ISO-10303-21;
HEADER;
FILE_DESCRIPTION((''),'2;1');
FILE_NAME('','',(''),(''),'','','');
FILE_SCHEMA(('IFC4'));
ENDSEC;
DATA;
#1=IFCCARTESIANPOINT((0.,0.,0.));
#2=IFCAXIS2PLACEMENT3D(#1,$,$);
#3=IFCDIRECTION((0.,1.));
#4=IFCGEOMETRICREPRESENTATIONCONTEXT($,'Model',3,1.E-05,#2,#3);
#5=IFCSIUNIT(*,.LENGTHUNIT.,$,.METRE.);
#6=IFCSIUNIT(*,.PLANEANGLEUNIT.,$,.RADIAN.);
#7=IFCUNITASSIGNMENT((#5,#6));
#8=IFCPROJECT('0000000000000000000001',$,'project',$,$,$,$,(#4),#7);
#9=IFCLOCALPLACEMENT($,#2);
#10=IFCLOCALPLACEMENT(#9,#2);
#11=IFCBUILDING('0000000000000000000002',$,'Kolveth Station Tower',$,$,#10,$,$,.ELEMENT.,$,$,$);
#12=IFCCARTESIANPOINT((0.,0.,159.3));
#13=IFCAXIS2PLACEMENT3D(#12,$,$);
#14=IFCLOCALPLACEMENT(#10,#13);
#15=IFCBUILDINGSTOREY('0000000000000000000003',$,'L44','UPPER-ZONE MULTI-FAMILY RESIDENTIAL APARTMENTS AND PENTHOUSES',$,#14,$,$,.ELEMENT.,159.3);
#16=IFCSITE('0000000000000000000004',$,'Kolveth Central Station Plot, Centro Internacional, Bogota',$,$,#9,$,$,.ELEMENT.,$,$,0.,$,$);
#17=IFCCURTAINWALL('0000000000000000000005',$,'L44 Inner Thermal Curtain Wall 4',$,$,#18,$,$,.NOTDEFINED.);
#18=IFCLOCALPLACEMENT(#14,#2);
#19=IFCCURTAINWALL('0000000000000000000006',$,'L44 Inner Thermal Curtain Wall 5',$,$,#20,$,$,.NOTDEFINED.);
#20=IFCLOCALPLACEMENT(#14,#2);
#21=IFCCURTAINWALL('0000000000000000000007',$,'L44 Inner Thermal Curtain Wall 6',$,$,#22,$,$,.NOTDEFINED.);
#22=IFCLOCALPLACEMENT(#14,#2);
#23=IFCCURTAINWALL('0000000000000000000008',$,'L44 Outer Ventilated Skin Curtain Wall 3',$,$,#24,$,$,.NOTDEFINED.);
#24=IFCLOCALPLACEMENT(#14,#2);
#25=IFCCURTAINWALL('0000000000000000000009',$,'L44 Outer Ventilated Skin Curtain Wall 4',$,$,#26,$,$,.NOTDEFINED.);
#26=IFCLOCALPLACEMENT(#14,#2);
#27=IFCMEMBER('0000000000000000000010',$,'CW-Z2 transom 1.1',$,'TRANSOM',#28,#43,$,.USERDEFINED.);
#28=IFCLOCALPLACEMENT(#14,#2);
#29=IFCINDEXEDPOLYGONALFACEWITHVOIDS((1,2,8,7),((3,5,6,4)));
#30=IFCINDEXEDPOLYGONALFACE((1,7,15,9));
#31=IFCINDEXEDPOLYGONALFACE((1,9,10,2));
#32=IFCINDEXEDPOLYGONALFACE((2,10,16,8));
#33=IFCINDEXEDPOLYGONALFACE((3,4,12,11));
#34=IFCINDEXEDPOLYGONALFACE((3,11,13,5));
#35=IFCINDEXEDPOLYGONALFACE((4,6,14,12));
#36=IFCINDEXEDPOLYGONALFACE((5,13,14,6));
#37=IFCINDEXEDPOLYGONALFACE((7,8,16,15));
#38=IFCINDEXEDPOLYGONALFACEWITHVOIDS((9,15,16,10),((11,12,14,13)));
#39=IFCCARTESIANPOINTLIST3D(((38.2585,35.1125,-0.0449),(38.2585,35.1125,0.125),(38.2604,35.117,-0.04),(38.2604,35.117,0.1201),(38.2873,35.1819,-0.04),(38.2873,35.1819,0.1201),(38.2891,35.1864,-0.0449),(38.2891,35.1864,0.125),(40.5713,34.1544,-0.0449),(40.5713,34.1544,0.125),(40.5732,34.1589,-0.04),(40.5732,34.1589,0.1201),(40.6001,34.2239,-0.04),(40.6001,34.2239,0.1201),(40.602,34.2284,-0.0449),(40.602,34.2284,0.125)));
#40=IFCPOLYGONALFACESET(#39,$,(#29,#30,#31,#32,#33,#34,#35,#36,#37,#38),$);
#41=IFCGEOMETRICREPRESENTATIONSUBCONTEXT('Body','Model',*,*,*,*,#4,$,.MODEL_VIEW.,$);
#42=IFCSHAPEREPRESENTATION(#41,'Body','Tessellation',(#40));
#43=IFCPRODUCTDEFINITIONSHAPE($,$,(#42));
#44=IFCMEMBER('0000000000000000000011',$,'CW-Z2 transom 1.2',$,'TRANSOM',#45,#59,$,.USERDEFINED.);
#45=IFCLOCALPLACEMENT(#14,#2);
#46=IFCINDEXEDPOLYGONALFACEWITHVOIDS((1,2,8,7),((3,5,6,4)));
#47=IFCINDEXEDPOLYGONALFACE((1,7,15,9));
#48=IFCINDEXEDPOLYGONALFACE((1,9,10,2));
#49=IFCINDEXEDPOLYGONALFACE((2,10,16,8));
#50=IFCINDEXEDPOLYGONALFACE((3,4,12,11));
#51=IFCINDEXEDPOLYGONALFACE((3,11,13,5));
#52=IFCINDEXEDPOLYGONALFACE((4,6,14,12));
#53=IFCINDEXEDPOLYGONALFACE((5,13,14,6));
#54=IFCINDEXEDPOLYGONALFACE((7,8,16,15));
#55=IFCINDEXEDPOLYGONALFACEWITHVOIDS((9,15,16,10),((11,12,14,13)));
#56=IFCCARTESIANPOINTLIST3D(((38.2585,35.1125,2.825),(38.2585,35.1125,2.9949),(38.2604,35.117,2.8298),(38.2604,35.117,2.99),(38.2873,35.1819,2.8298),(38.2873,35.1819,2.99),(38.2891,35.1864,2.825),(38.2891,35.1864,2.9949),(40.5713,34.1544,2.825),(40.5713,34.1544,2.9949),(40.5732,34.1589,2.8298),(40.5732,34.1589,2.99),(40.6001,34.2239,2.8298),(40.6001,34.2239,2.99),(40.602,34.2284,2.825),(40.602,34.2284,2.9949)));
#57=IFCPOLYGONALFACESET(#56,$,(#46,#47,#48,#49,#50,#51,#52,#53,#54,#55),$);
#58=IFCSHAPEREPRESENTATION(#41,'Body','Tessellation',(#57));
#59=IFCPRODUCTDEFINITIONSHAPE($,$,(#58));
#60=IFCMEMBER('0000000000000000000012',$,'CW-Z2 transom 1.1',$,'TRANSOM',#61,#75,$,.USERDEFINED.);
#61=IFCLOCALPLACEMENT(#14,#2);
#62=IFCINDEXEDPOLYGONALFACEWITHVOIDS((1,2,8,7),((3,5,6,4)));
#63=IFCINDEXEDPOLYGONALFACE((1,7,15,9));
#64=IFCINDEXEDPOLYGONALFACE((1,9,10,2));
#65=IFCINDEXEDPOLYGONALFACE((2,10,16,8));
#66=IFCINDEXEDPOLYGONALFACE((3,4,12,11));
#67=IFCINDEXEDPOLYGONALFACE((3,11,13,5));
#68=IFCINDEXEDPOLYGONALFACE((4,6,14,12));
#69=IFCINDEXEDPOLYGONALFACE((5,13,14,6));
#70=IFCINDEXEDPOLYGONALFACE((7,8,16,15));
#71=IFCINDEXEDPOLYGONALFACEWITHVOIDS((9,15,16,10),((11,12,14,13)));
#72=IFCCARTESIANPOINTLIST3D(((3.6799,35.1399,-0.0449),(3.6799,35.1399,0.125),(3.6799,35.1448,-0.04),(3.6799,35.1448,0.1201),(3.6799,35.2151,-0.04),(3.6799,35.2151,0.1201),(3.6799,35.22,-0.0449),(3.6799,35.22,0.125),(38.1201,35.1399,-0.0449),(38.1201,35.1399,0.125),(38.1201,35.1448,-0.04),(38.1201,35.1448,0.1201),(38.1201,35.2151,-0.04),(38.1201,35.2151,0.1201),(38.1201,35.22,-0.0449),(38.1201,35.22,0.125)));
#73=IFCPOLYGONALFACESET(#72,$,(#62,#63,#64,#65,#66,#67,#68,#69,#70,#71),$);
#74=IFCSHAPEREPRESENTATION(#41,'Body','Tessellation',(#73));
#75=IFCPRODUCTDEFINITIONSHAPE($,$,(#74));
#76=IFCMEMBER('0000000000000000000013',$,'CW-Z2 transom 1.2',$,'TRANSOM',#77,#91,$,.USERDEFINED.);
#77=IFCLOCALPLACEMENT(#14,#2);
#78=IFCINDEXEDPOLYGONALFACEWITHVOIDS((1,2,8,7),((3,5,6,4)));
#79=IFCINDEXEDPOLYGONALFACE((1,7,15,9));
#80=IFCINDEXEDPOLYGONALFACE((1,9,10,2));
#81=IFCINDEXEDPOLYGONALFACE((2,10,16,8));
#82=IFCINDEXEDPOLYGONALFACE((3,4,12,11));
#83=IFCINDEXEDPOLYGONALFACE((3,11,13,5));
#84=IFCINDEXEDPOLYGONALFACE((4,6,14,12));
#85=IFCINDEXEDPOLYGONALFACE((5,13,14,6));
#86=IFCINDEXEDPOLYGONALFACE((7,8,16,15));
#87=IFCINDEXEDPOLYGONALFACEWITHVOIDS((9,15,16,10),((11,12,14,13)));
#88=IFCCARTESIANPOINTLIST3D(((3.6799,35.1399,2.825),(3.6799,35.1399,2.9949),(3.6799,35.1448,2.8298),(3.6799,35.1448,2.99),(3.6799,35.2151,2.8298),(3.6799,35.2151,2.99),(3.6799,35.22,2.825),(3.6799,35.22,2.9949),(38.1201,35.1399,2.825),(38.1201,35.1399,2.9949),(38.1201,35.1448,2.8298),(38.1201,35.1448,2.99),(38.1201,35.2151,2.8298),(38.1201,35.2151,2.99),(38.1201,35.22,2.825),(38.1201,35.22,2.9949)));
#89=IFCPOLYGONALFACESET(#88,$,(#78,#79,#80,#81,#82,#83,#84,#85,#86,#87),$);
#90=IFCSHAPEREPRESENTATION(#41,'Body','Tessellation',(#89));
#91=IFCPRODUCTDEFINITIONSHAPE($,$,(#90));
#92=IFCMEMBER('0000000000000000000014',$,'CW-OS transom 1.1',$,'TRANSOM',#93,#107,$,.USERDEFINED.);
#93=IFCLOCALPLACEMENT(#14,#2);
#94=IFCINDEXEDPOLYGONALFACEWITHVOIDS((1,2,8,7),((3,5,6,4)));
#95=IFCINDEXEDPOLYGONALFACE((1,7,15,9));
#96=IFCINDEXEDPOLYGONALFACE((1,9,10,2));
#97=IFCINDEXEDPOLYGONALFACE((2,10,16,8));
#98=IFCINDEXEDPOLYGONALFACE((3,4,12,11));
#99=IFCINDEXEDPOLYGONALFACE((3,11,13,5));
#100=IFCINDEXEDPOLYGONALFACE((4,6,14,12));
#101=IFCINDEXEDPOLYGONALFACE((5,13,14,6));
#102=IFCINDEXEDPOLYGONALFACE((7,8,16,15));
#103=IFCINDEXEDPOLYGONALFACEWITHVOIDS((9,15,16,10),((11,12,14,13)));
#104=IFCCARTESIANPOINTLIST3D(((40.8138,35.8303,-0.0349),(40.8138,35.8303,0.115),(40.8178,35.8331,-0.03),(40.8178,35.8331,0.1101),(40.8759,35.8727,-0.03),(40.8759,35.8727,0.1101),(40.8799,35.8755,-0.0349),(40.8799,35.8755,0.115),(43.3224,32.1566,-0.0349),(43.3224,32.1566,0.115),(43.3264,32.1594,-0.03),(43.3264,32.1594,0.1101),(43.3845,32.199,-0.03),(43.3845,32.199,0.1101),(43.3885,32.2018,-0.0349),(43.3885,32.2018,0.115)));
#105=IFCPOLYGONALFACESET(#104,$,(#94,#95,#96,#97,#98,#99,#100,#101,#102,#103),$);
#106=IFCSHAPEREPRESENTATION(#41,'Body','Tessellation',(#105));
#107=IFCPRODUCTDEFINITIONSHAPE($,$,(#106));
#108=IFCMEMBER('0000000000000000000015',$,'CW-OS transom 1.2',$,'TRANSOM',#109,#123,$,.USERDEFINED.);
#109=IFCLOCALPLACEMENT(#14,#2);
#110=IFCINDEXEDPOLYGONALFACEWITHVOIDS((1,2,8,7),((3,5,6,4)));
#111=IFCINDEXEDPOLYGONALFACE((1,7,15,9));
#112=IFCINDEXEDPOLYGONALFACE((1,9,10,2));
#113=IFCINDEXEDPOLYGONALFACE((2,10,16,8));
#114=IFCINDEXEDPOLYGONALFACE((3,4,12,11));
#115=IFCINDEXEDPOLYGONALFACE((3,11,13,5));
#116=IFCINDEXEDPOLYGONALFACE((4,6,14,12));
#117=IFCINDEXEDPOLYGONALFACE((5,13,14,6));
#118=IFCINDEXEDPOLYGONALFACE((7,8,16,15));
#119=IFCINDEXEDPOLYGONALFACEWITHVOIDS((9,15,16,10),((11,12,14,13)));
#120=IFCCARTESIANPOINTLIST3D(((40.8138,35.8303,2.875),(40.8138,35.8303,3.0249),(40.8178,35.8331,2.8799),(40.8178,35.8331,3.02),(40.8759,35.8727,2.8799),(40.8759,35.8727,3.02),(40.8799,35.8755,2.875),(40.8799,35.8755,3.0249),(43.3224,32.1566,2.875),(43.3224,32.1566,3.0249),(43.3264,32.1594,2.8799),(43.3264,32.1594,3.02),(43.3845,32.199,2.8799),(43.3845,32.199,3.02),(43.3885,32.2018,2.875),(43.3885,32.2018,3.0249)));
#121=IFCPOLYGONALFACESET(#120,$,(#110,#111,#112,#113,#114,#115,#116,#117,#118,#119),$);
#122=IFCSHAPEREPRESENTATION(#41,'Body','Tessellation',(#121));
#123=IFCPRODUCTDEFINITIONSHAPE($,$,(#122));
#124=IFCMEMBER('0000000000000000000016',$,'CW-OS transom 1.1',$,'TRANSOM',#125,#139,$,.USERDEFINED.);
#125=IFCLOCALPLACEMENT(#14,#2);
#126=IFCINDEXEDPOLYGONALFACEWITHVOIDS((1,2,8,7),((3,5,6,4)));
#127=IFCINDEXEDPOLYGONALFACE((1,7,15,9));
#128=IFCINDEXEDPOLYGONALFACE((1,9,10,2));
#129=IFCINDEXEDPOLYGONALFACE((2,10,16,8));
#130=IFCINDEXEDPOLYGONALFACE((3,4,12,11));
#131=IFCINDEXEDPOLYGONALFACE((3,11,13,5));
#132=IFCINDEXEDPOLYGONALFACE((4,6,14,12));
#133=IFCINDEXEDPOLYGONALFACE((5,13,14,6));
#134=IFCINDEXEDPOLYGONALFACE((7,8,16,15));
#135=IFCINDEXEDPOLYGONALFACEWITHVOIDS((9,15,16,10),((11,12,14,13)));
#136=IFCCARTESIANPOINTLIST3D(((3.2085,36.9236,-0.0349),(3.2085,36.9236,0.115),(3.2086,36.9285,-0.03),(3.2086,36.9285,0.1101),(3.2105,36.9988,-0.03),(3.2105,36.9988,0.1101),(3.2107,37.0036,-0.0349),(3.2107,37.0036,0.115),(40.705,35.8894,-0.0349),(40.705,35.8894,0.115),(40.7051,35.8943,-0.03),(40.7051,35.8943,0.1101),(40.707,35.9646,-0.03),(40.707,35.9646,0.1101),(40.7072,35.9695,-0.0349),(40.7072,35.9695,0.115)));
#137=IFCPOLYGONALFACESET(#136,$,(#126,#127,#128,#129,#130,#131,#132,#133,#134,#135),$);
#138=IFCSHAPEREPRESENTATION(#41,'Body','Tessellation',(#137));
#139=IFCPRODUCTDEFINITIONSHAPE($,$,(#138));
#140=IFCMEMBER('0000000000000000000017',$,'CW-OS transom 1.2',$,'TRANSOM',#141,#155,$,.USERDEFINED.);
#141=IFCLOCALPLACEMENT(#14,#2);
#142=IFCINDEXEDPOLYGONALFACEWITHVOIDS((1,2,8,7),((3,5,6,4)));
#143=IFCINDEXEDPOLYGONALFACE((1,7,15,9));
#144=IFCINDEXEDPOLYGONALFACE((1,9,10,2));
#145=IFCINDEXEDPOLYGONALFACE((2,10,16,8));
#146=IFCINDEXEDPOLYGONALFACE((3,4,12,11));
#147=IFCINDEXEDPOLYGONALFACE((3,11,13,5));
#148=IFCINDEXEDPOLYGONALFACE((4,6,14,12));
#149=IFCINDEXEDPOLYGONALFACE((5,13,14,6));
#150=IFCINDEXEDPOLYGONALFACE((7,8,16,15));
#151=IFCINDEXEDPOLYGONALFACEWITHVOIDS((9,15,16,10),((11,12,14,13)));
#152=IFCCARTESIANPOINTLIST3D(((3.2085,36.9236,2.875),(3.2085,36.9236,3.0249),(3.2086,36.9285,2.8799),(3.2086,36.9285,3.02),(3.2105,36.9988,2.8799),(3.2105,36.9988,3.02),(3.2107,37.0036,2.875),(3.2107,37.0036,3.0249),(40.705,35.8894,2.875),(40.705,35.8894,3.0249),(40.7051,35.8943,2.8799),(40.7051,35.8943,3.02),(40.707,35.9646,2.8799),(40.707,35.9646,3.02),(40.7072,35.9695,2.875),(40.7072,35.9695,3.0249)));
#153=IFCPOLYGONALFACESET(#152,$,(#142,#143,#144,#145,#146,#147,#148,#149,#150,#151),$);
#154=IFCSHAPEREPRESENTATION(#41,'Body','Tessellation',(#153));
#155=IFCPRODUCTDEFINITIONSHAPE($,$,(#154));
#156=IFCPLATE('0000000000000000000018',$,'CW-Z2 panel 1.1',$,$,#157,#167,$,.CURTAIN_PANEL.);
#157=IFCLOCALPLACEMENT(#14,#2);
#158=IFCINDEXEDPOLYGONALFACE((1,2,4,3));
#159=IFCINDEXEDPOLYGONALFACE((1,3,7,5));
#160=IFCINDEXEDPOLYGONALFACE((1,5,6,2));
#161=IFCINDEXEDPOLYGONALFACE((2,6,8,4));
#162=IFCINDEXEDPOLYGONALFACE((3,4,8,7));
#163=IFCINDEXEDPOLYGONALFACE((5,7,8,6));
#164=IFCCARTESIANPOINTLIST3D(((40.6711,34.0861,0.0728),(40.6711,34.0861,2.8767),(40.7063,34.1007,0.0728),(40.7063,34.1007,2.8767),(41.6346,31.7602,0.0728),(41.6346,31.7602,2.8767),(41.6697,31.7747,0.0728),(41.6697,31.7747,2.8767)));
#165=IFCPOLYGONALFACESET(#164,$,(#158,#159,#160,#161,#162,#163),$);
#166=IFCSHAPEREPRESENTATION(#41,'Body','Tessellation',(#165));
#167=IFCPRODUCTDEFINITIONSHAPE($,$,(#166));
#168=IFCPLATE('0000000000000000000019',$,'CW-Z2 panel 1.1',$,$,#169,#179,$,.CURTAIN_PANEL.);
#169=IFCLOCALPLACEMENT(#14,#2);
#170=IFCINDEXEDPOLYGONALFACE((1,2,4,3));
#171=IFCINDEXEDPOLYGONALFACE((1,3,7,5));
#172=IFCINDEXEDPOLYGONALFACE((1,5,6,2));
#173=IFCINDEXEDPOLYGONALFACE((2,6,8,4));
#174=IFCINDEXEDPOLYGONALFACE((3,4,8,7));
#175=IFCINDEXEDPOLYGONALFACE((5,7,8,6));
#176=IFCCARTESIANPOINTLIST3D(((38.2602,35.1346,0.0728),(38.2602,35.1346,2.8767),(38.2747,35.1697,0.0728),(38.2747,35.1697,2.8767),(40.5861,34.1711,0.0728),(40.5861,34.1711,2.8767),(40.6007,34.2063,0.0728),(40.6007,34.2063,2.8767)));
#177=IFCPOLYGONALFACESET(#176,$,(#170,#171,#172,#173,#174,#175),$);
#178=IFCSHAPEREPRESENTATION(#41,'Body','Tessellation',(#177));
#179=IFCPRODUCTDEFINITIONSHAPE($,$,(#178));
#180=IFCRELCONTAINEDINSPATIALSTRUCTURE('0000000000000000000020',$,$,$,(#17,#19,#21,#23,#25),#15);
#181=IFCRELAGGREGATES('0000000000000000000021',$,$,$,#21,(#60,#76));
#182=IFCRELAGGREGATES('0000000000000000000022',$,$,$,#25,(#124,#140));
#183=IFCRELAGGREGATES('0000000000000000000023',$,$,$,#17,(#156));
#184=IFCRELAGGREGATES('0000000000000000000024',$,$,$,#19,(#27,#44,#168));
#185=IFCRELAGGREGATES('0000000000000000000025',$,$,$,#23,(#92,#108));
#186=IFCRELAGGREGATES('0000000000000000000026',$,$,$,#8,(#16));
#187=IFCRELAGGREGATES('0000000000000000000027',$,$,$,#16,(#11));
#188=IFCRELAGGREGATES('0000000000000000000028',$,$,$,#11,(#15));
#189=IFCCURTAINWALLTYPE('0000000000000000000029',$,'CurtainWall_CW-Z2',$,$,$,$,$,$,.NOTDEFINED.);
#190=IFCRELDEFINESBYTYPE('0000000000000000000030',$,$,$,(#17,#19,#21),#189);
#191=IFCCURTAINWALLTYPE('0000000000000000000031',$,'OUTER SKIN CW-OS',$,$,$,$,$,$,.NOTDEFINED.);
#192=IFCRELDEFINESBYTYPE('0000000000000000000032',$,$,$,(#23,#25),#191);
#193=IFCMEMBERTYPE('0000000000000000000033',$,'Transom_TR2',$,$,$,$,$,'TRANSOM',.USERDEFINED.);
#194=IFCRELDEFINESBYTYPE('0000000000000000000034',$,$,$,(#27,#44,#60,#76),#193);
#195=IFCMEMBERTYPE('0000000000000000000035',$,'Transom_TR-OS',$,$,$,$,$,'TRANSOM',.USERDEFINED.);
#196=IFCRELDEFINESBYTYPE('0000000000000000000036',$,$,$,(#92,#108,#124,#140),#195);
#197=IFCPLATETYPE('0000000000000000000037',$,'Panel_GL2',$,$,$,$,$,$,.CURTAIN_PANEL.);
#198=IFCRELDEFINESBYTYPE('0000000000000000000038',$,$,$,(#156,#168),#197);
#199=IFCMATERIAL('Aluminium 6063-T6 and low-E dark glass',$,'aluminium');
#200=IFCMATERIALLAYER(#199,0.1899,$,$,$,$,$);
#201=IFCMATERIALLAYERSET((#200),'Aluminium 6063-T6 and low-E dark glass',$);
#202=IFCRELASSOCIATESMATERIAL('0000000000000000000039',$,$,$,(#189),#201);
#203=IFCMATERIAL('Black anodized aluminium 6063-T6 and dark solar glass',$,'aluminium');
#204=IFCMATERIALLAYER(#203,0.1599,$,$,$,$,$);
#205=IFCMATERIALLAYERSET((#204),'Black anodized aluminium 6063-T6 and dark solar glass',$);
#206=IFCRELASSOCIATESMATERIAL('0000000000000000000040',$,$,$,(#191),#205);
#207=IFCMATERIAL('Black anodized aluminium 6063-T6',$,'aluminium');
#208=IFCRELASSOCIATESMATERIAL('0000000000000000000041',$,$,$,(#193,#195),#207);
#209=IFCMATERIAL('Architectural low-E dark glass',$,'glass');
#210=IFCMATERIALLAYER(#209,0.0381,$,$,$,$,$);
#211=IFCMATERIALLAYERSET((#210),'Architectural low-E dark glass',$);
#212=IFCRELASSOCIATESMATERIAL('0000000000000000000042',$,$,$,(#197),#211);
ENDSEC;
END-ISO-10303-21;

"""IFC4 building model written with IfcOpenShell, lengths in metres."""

from ifc_helpers import new_model, si_unit, direction, frame, origin, origin_2d, place, context, subcontext, project, spatial, rectangle, hollow_rectangle, extrude, source, transform, mapped, material, layer, layer_set, material_profile, profile_set, type_object, element, aggregate, save


model = new_model("IFC4")

# Units and contexts
model_context = context("Model", 3, precision=1e-05, world=origin(), true_north=direction((0.0, 1.0)))
body_context = subcontext(model_context, "Body", "Model", "MODEL_VIEW")
ifc_project = project(units=[si_unit("LENGTHUNIT", "METRE"), si_unit("PLANEANGLEUNIT", "RADIAN")], contexts=[model_context])

# Site, building, storey
site_placement = place(None, origin())
site = spatial("IfcSite", under=ifc_project, at=site_placement, Name="Kolveth Central Station Plot, Centro Internacional, Bogota", CompositionType="ELEMENT", RefElevation=0.0)
building_placement = place(site_placement, origin())
building = spatial("IfcBuilding", under=site, at=building_placement, Name="Kolveth Station Tower", CompositionType="ELEMENT")
storey_placement = place(building_placement, frame((0.0, 0.0, 159.3)))
storey = spatial("IfcBuildingStorey", under=building, at=storey_placement, Name="L44", Description="UPPER-ZONE MULTI-FAMILY RESIDENTIAL APARTMENTS AND PENTHOUSES", CompositionType="ELEMENT", Elevation=159.3)

# Curtain wall
ifc_material_1 = material(Name="Aluminium 6063-T6 and low-E dark glass", Category="aluminium")
ifc_layer_1 = layer(ifc_material_1, 0.1899)
ifc_layer_set_1 = layer_set([ifc_layer_1], Name="Aluminium 6063-T6 and low-E dark glass")
curtain_wall_type_1 = type_object("IfcCurtainWallType", Name="CurtainWall_CW-Z2", PredefinedType="NOTDEFINED", material=ifc_layer_set_1)
curtain_wall_1_placement = place(storey_placement, origin())
curtain_wall_1 = element("IfcCurtainWall", 1, at=curtain_wall_1_placement, inside=storey, type_object=curtain_wall_type_1, Name="L44 Inner Thermal Curtain Wall 4", PredefinedType="NOTDEFINED")
ifc_material_2 = material(Name="Black anodized aluminium 6063-T6", Category="aluminium")

# Curtain wall
curtain_wall_2_placement = place(storey_placement, origin())
curtain_wall_2 = element("IfcCurtainWall", 2, at=curtain_wall_2_placement, inside=storey, type_object=curtain_wall_type_1, Name="L44 Inner Thermal Curtain Wall 5", PredefinedType="NOTDEFINED")

# Curtain wall
curtain_wall_3_placement = place(storey_placement, origin())
curtain_wall_3 = element("IfcCurtainWall", 3, at=curtain_wall_3_placement, inside=storey, type_object=curtain_wall_type_1, Name="L44 Inner Thermal Curtain Wall 6", PredefinedType="NOTDEFINED")
ifc_material_3 = material(Name="Black anodized aluminium 6063-T6 and dark solar glass", Category="aluminium")
ifc_layer_2 = layer(ifc_material_3, 0.1599)
ifc_layer_set_2 = layer_set([ifc_layer_2], Name="Black anodized aluminium 6063-T6 and dark solar glass")
curtain_wall_type_2 = type_object("IfcCurtainWallType", Name="OUTER SKIN CW-OS", PredefinedType="NOTDEFINED", material=ifc_layer_set_2)

# Curtain wall
curtain_wall_4_placement = place(storey_placement, origin())
curtain_wall_4 = element("IfcCurtainWall", 4, at=curtain_wall_4_placement, inside=storey, type_object=curtain_wall_type_2, Name="L44 Outer Ventilated Skin Curtain Wall 3", PredefinedType="NOTDEFINED")

# Curtain wall
curtain_wall_5_placement = place(storey_placement, origin())
curtain_wall_5 = element("IfcCurtainWall", 5, at=curtain_wall_5_placement, inside=storey, type_object=curtain_wall_type_2, Name="L44 Outer Ventilated Skin Curtain Wall 4", PredefinedType="NOTDEFINED")

# Members
ifc_material_profile_1 = material_profile(ifc_material_2, hollow_rectangle(XDim=0.0801, YDim=0.1699, WallThickness=0.0049, at=origin_2d()), Name="ALU-80x170x5")
ifc_profile_set_1 = profile_set([ifc_material_profile_1], Name="Black anodized aluminium 6063-T6")
member_type_1 = type_object("IfcMemberType", Name="Transom_TR2", ElementType="TRANSOM", PredefinedType="USERDEFINED", material=ifc_profile_set_1)
shared_shape_1 = source(origin(), body_context, "Body", "SweptSolid", [
    extrude(hollow_rectangle(XDim=0.0801, YDim=0.1699, WallThickness=0.0049, at=origin_2d()), origin(), (0.0, 0.0, 1.0), 2.5034),
])
member_1_placement = place(storey_placement, frame((40.5867, 34.1914, 0.04), z_axis=(-0.923874, 0.382696, 0.0), x_axis=(-0.382696, -0.923874, 0.0)))
member_1 = element("IfcMember", 6, at=member_1_placement, type_object=member_type_1, Name="CW-Z2 transom 1.1", ObjectType="TRANSOM", PredefinedType="USERDEFINED", context=body_context, shape_type="MappedRepresentation", body=[
    mapped(shared_shape_1, transform((0.0, 0.0, 0.0), x_axis=(1.0, 0.0, 0.0), y_axis=(0.0, 1.0, 0.0), z_axis=(0.0, 0.0, 1.0), scale=1.0)),
])
member_2_placement = place(storey_placement, frame((40.5867, 34.1914, 2.9099), z_axis=(-0.923874, 0.382696, 0.0), x_axis=(-0.382696, -0.923874, 0.0)))
member_2 = element("IfcMember", 7, at=member_2_placement, type_object=member_type_1, Name="CW-Z2 transom 1.2", ObjectType="TRANSOM", PredefinedType="USERDEFINED", context=body_context, shape_type="MappedRepresentation", body=[
    mapped(shared_shape_1, transform((0.0, 0.0, 0.0), x_axis=(1.0, 0.0, 0.0), y_axis=(0.0, 1.0, 0.0), z_axis=(0.0, 0.0, 1.0), scale=1.0)),
])
shared_shape_2 = source(origin(), body_context, "Body", "SweptSolid", [
    extrude(hollow_rectangle(XDim=0.0801, YDim=0.1699, WallThickness=0.0049, at=origin_2d()), origin(), (0.0, 0.0, 1.0), 34.4402),
])
member_3_placement = place(storey_placement, frame((38.1201, 35.1799, 0.04), z_axis=(-1.0, 0.0, 0.0), x_axis=(0.0, -1.0, 0.0)))
member_3 = element("IfcMember", 8, at=member_3_placement, type_object=member_type_1, Name="CW-Z2 transom 1.1", ObjectType="TRANSOM", PredefinedType="USERDEFINED", context=body_context, shape_type="MappedRepresentation", body=[
    mapped(shared_shape_2, transform((0.0, 0.0, 0.0), x_axis=(1.0, 0.0, 0.0), y_axis=(0.0, 1.0, 0.0), z_axis=(0.0, 0.0, 1.0), scale=1.0)),
])
member_4_placement = place(storey_placement, frame((38.1201, 35.1799, 2.9099), z_axis=(-1.0, 0.0, 0.0), x_axis=(0.0, -1.0, 0.0)))
member_4 = element("IfcMember", 9, at=member_4_placement, type_object=member_type_1, Name="CW-Z2 transom 1.2", ObjectType="TRANSOM", PredefinedType="USERDEFINED", context=body_context, shape_type="MappedRepresentation", body=[
    mapped(shared_shape_2, transform((0.0, 0.0, 0.0), x_axis=(1.0, 0.0, 0.0), y_axis=(0.0, 1.0, 0.0), z_axis=(0.0, 0.0, 1.0), scale=1.0)),
])
aggregate(curtain_wall_3, [member_3, member_4])
ifc_material_profile_2 = material_profile(ifc_material_2, hollow_rectangle(XDim=0.0801, YDim=0.1499, WallThickness=0.0049, at=origin_2d()), Name="ALU-80x150x5")
ifc_profile_set_2 = profile_set([ifc_material_profile_2], Name="Black anodized aluminium 6063-T6")
member_type_2 = type_object("IfcMemberType", Name="Transom_TR-OS", ElementType="TRANSOM", PredefinedType="USERDEFINED", material=ifc_profile_set_2)
shared_shape_3 = source(origin(), body_context, "Body", "SweptSolid", [
    extrude(hollow_rectangle(XDim=0.0801, YDim=0.1499, WallThickness=0.0049, at=origin_2d()), origin(), (0.0, 0.0, 1.0), 4.4485),
])
member_5_placement = place(storey_placement, frame((43.3555, 32.1792, 0.04), z_axis=(-0.563924, 0.825827, 0.0), x_axis=(-0.825827, -0.563924, 0.0)))
member_5 = element("IfcMember", 10, at=member_5_placement, type_object=member_type_2, Name="CW-OS transom 1.1", ObjectType="TRANSOM", PredefinedType="USERDEFINED", context=body_context, shape_type="MappedRepresentation", body=[
    mapped(shared_shape_3, transform((0.0, 0.0, 0.0), x_axis=(1.0, 0.0, 0.0), y_axis=(0.0, 1.0, 0.0), z_axis=(0.0, 0.0, 1.0), scale=1.0)),
])
member_6_placement = place(storey_placement, frame((43.3555, 32.1792, 2.95), z_axis=(-0.563924, 0.825827, 0.0), x_axis=(-0.825827, -0.563924, 0.0)))
member_6 = element("IfcMember", 11, at=member_6_placement, type_object=member_type_2, Name="CW-OS transom 1.2", ObjectType="TRANSOM", PredefinedType="USERDEFINED", context=body_context, shape_type="MappedRepresentation", body=[
    mapped(shared_shape_3, transform((0.0, 0.0, 0.0), x_axis=(1.0, 0.0, 0.0), y_axis=(0.0, 1.0, 0.0), z_axis=(0.0, 0.0, 1.0), scale=1.0)),
])
shared_shape_4 = source(origin(), body_context, "Body", "SweptSolid", [
    extrude(hollow_rectangle(XDim=0.0801, YDim=0.1499, WallThickness=0.0049, at=origin_2d()), origin(), (0.0, 0.0, 1.0), 37.5107),
])
member_7_placement = place(storey_placement, frame((40.7061, 35.9294, 0.04), z_axis=(-0.99962, 0.02757, 0.0), x_axis=(-0.02757, -0.99962, 0.0)))
member_7 = element("IfcMember", 12, at=member_7_placement, type_object=member_type_2, Name="CW-OS transom 1.1", ObjectType="TRANSOM", PredefinedType="USERDEFINED", context=body_context, shape_type="MappedRepresentation", body=[
    mapped(shared_shape_4, transform((0.0, 0.0, 0.0), x_axis=(1.0, 0.0, 0.0), y_axis=(0.0, 1.0, 0.0), z_axis=(0.0, 0.0, 1.0), scale=1.0)),
])
member_8_placement = place(storey_placement, frame((40.7061, 35.9294, 2.95), z_axis=(-0.99962, 0.02757, 0.0), x_axis=(-0.02757, -0.99962, 0.0)))
member_8 = element("IfcMember", 13, at=member_8_placement, type_object=member_type_2, Name="CW-OS transom 1.2", ObjectType="TRANSOM", PredefinedType="USERDEFINED", context=body_context, shape_type="MappedRepresentation", body=[
    mapped(shared_shape_4, transform((0.0, 0.0, 0.0), x_axis=(1.0, 0.0, 0.0), y_axis=(0.0, 1.0, 0.0), z_axis=(0.0, 0.0, 1.0), scale=1.0)),
])
aggregate(curtain_wall_5, [member_7, member_8])

# Plates
ifc_material_4 = material(Name="Architectural low-E dark glass", Category="glass")
ifc_layer_3 = layer(ifc_material_4, 0.0381)
ifc_layer_set_3 = layer_set([ifc_layer_3], Name="Architectural low-E dark glass")
plate_type_1 = type_object("IfcPlateType", Name="Panel_GL2", PredefinedType="CURTAIN_PANEL", material=ifc_layer_set_3)
shared_shape_5 = source(origin(), body_context, "Body", "SweptSolid", [
    extrude(rectangle(XDim=2.5176, YDim=0.0381, at=origin_2d()), origin(), (0.0, 0.0, 1.0), 2.804),
])
plate_1_placement = place(storey_placement, frame((41.1704, 32.9304, 0.0728), z_axis=(0.0, 0.0, 1.0), x_axis=(-0.382698, 0.923874, 0.0)))
plate_1 = element("IfcPlate", 14, at=plate_1_placement, type_object=plate_type_1, Name="CW-Z2 panel 1.1", PredefinedType="CURTAIN_PANEL", context=body_context, shape_type="MappedRepresentation", body=[
    mapped(shared_shape_5, transform((0.0, 0.0, 0.0), x_axis=(1.0, 0.0, 0.0), y_axis=(0.0, 1.0, 0.0), z_axis=(0.0, 0.0, 1.0), scale=1.0)),
])
aggregate(curtain_wall_1, [plate_1])
plate_2_placement = place(storey_placement, frame((39.4304, 34.6704, 0.0728), z_axis=(0.0, 0.0, 1.0), x_axis=(-0.923874, 0.382698, 0.0)))
plate_2 = element("IfcPlate", 15, at=plate_2_placement, type_object=plate_type_1, Name="CW-Z2 panel 1.1", PredefinedType="CURTAIN_PANEL", context=body_context, shape_type="MappedRepresentation", body=[
    mapped(shared_shape_5, transform((0.0, 0.0, 0.0), x_axis=(1.0, 0.0, 0.0), y_axis=(0.0, 1.0, 0.0), z_axis=(0.0, 0.0, 1.0), scale=1.0)),
])
aggregate(curtain_wall_2, [member_1, member_2, plate_2])
aggregate(curtain_wall_4, [member_5, member_6])

save(model, "model.ifc")
